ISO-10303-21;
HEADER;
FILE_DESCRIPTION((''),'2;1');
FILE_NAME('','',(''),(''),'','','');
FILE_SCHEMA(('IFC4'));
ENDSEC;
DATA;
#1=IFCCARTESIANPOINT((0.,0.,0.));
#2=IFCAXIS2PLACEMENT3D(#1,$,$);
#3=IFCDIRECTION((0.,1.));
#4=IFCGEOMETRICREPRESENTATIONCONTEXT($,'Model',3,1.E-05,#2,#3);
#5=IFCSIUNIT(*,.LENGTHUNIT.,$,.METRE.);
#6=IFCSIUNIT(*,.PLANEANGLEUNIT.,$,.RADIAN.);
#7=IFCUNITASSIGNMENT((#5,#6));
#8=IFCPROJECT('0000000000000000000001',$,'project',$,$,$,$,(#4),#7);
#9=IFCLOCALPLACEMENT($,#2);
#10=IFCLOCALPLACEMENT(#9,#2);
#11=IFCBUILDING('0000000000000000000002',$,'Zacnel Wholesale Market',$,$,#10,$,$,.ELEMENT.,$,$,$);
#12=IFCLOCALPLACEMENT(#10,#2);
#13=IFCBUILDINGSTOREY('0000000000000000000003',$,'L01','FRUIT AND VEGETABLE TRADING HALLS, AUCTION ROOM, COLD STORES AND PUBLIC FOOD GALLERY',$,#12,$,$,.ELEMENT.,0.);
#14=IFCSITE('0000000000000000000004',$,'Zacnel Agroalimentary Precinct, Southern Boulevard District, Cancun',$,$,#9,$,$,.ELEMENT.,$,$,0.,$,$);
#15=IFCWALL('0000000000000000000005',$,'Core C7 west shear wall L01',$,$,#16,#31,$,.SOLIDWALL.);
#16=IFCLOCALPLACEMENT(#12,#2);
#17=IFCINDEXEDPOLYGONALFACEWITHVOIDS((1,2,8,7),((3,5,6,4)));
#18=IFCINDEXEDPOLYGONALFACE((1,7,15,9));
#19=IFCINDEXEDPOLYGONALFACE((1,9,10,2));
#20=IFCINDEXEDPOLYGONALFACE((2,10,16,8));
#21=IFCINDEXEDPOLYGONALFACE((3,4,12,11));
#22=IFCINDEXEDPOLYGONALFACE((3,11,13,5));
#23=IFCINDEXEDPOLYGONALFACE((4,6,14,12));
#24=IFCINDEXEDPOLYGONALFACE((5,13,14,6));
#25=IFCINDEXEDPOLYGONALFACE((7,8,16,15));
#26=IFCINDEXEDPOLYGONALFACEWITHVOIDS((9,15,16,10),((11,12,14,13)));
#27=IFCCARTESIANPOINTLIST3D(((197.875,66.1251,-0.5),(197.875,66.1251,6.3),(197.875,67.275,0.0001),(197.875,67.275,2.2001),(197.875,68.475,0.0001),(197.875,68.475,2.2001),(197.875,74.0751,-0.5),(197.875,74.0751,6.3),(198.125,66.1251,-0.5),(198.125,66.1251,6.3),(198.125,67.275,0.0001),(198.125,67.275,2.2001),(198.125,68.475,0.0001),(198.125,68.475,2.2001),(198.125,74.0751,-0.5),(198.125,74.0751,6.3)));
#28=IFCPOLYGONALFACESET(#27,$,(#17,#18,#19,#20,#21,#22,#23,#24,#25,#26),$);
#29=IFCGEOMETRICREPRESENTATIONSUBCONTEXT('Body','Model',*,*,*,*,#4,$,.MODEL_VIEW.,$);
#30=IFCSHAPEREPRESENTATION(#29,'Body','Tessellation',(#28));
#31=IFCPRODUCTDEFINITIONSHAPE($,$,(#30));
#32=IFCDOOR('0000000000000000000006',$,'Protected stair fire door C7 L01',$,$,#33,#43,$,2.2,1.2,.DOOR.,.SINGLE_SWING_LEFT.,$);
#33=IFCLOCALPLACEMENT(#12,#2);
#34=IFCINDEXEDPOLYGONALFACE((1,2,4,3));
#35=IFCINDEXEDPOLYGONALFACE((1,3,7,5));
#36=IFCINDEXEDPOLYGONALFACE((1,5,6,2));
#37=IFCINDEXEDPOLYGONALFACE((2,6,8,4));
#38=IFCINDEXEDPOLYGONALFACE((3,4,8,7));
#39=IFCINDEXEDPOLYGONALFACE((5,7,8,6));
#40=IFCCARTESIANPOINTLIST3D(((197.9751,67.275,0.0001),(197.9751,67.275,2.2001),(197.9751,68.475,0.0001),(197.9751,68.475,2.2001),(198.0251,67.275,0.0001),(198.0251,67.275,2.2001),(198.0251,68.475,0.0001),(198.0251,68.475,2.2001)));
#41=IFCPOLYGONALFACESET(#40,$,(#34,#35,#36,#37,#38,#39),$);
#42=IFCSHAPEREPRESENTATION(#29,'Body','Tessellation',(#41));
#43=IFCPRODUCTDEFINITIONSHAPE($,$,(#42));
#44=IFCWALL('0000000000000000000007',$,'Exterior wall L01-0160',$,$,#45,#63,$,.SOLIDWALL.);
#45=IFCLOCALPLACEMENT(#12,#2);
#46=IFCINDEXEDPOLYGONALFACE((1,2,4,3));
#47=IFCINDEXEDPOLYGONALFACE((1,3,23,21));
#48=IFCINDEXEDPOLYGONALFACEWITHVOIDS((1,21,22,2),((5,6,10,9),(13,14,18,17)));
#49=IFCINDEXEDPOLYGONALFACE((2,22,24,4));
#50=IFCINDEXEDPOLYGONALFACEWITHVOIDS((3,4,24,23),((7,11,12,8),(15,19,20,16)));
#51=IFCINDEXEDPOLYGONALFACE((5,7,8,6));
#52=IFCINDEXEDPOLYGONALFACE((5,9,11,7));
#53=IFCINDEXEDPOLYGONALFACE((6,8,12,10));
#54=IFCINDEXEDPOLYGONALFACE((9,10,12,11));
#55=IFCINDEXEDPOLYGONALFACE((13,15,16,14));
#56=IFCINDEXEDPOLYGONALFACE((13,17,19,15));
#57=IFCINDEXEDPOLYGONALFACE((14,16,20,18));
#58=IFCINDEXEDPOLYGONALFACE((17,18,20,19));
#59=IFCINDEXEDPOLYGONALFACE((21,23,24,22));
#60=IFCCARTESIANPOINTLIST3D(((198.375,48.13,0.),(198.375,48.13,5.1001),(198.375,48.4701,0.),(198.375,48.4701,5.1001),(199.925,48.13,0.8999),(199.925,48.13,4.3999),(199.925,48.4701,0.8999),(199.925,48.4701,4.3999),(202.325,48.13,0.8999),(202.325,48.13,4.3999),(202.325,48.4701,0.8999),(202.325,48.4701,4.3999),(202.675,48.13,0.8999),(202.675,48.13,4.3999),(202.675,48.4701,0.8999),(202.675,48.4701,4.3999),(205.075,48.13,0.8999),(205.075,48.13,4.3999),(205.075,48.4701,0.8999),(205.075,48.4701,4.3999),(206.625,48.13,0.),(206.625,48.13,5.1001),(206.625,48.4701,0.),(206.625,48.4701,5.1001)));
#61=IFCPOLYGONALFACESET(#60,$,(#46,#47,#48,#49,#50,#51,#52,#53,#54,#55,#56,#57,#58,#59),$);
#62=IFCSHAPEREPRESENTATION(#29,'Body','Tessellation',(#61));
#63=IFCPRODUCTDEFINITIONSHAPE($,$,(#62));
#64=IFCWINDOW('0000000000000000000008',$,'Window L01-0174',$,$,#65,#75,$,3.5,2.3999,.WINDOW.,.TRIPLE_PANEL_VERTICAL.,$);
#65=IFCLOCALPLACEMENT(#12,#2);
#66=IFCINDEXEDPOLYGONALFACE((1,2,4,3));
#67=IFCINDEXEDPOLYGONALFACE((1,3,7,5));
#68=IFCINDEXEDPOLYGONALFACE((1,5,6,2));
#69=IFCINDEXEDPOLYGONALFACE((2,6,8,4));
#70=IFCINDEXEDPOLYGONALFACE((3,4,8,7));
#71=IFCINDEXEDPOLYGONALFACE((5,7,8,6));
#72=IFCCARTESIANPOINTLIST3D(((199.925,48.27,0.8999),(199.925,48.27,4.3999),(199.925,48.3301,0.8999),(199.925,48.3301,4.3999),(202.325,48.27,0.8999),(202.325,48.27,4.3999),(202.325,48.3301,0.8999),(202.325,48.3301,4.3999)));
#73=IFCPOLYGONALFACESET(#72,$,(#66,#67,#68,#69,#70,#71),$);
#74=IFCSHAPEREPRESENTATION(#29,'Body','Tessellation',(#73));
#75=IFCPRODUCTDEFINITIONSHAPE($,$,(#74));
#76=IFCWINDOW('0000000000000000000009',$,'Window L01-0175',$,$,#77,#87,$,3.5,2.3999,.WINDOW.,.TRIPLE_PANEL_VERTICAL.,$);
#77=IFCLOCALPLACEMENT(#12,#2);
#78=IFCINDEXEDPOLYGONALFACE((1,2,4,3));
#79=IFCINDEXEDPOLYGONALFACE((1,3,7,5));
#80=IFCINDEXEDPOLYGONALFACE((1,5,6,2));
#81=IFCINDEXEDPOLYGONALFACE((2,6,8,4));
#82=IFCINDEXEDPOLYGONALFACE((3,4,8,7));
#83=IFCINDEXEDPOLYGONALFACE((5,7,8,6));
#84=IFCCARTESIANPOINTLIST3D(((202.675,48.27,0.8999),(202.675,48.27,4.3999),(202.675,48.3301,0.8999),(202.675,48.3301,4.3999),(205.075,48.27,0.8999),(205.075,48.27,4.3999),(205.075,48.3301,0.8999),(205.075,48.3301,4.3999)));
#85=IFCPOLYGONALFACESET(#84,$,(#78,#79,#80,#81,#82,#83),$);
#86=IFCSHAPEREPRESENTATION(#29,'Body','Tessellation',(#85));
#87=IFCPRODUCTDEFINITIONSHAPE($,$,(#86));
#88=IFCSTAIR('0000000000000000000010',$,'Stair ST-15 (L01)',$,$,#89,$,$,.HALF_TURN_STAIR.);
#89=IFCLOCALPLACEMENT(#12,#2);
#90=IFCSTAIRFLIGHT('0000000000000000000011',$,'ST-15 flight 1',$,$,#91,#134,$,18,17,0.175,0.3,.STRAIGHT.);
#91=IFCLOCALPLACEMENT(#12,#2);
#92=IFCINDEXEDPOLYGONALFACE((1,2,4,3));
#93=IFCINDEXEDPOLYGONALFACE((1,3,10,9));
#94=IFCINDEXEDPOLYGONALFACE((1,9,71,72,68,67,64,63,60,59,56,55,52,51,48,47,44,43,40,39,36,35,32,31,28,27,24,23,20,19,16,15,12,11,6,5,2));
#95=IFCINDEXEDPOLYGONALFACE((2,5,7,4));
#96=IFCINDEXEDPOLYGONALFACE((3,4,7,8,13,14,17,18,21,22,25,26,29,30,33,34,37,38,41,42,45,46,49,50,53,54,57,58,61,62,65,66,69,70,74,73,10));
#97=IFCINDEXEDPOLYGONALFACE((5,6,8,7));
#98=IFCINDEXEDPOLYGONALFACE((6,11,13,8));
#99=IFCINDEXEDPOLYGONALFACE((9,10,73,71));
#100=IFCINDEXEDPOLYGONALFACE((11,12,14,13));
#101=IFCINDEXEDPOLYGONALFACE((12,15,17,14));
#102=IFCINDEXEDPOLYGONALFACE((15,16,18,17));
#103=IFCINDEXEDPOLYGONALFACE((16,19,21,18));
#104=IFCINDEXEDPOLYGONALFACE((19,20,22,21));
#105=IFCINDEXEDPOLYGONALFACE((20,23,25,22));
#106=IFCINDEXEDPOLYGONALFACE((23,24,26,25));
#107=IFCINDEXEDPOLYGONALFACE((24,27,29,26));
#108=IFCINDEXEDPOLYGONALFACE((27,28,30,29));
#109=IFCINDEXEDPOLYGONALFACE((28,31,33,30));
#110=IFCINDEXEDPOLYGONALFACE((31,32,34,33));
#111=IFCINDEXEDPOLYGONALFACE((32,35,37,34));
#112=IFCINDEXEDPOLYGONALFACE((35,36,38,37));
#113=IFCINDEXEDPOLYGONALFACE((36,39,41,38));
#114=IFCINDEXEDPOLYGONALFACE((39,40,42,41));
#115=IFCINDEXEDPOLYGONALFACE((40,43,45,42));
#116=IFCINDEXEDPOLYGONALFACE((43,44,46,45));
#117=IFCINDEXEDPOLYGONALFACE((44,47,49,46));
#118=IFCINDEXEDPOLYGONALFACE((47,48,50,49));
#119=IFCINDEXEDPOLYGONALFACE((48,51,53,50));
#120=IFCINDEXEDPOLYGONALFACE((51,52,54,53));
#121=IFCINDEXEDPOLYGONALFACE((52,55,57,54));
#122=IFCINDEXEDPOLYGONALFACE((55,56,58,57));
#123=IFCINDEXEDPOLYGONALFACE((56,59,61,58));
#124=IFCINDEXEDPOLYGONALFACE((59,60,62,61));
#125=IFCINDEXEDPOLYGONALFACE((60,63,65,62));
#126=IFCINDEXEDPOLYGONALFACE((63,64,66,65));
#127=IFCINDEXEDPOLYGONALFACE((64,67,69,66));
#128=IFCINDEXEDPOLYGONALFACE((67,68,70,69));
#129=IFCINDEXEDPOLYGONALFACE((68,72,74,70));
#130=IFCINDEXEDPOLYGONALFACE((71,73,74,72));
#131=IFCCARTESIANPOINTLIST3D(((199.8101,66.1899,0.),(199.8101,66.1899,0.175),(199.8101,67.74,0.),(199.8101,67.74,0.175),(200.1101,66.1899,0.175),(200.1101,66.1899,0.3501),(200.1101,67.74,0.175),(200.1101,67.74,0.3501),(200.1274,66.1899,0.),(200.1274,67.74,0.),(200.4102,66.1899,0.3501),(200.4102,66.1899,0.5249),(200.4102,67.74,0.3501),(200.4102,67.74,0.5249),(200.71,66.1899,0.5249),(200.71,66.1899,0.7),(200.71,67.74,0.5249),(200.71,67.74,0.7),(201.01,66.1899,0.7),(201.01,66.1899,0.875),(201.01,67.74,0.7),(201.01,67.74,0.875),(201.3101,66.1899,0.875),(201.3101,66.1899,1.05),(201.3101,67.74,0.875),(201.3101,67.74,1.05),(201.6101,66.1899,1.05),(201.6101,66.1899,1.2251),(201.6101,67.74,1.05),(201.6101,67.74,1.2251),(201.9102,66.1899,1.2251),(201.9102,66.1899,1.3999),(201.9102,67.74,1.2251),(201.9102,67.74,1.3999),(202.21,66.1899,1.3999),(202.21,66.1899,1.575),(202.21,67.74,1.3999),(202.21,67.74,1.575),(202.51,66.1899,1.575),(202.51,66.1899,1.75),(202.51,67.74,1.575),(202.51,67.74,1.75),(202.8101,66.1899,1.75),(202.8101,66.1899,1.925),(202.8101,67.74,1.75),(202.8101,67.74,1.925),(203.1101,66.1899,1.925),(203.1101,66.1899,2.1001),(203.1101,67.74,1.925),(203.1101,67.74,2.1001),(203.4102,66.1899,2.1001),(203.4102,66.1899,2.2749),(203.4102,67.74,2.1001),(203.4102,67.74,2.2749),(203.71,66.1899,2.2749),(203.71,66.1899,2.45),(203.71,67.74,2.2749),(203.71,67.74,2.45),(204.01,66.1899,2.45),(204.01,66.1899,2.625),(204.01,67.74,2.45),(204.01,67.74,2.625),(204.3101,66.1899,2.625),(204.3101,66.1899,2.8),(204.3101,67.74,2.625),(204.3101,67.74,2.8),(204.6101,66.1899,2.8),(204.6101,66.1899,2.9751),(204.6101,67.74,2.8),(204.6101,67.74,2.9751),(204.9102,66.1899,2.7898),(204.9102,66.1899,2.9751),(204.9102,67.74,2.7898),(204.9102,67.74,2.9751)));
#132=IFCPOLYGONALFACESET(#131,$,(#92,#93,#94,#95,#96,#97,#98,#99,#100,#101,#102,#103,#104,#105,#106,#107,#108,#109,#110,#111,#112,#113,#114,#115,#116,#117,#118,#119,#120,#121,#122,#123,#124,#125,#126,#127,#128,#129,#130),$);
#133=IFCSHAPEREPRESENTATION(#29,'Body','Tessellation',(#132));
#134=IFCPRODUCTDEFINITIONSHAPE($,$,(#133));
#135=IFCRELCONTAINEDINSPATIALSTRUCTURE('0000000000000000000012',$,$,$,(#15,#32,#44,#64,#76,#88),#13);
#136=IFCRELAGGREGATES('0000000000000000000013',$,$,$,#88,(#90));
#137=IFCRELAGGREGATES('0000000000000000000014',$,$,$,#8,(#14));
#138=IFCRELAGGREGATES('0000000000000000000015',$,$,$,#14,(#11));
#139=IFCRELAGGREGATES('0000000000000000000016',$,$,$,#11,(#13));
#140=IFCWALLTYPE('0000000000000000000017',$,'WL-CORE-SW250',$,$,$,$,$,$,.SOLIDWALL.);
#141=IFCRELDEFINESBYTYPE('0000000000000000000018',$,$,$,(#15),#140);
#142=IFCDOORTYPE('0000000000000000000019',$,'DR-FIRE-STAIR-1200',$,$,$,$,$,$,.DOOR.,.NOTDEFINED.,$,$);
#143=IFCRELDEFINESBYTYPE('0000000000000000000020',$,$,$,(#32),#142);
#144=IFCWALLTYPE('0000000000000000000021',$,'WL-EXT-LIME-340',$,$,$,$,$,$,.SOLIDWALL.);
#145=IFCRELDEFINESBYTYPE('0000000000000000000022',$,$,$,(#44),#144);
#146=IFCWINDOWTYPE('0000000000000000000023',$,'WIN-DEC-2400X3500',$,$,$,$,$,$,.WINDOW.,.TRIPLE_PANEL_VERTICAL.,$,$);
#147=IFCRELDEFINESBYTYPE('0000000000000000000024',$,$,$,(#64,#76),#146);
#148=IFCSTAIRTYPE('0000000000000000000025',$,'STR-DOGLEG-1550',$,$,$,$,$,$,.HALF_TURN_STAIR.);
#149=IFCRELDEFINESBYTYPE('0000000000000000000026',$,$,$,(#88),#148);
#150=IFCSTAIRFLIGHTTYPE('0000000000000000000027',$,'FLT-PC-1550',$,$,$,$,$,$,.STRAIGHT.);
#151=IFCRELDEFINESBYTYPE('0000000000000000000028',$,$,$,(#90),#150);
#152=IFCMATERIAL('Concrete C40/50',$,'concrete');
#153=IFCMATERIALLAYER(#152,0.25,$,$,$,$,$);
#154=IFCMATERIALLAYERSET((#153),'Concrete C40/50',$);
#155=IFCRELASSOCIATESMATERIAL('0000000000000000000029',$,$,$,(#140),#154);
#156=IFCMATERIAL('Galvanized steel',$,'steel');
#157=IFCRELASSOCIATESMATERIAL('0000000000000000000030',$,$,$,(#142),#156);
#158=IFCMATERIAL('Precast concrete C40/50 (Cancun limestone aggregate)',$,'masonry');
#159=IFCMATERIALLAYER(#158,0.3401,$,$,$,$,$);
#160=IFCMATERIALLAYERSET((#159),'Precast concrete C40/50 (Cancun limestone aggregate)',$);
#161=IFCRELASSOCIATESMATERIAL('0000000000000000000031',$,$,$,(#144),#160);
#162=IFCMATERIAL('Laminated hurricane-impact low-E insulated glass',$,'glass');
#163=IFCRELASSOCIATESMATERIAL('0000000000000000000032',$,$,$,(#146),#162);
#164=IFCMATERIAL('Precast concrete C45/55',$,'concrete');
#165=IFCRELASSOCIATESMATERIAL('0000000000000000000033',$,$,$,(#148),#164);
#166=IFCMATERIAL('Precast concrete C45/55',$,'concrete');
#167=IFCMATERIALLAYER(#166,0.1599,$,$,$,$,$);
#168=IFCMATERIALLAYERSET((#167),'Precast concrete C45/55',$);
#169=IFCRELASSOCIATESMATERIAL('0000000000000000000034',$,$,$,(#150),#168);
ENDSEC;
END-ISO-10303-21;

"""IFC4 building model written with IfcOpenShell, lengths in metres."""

from ifc_helpers import new_model, si_unit, direction, frame, frame_2d, origin, place, context, subcontext, project, spatial, polyline, rectangle, outline, extrude, material, layer, layer_set, type_object, element, fill, aggregate, save


model = new_model("IFC4")

# Units and contexts
model_context = context("Model", 3, precision=1e-05, world=origin(), true_north=direction((0.0, 1.0)))
body_context = subcontext(model_context, "Body", "Model", "MODEL_VIEW")
ifc_project = project(units=[si_unit("LENGTHUNIT", "METRE"), si_unit("PLANEANGLEUNIT", "RADIAN")], contexts=[model_context])

# Site, building, storey
site_placement = place(None, origin())
site = spatial("IfcSite", under=ifc_project, at=site_placement, Name="Zacnel Agroalimentary Precinct, Southern Boulevard District, Cancun", CompositionType="ELEMENT", RefElevation=0.0)
building_placement = place(site_placement, origin())
building = spatial("IfcBuilding", under=site, at=building_placement, Name="Zacnel Wholesale Market", CompositionType="ELEMENT")
storey_placement = place(building_placement, origin())
storey = spatial("IfcBuildingStorey", under=building, at=storey_placement, Name="L01", Description="FRUIT AND VEGETABLE TRADING HALLS, AUCTION ROOM, COLD STORES AND PUBLIC FOOD GALLERY", CompositionType="ELEMENT", Elevation=0.0)

# Shared definitions
ifc_material_1 = material(Name="Concrete C40/50", Category="concrete")
ifc_layer_1 = layer(ifc_material_1, 0.25)
ifc_layer_set_1 = layer_set([ifc_layer_1], Name="Concrete C40/50")
wall_type_1 = type_object("IfcWallType", Name="WL-CORE-SW250", PredefinedType="SOLIDWALL", material=ifc_layer_set_1)

# Wall, opening, door
wall_1_placement = place(storey_placement, frame((198.0, 66.125, -0.5), z_axis=(0.0, 0.0, 1.0), x_axis=(0.0, 1.0, 0.0)))
wall_1 = element("IfcWall", 1, at=wall_1_placement, inside=storey, type_object=wall_type_1, Name="Core C7 west shear wall L01", PredefinedType="SOLIDWALL", context=body_context, shape_type="SweptSolid", body=[
    extrude(rectangle(XDim=7.95, YDim=0.25, at=frame_2d((3.9751, 0.0))), origin(), (0.0, 0.0, 1.0), 6.8),
])
opening_1_placement = place(wall_1_placement, frame((1.1499, 0.0, 0.5)))
opening_1 = element("IfcOpeningElement", 2, at=opening_1_placement, cuts=wall_1, PredefinedType="OPENING", context=body_context, shape_type="SweptSolid", body=[
    extrude(rectangle(XDim=1.2, YDim=2.2, at=frame_2d((0.6001, 1.1001))), frame((0.0, 0.135, 0.0), z_axis=(0.0, -1.0, 0.0), x_axis=(1.0, 0.0, 0.0)), (0.0, 0.0, 1.0), 0.27),
])
ifc_material_2 = material(Name="Galvanized steel", Category="steel")
door_type = type_object("IfcDoorType", Name="DR-FIRE-STAIR-1200", OperationType="NOTDEFINED", PredefinedType="DOOR", material=ifc_material_2)
door_placement = place(opening_1_placement, origin())
door = element("IfcDoor", 3, at=door_placement, inside=storey, type_object=door_type, Name="Protected stair fire door C7 L01", OperationType="SINGLE_SWING_LEFT", OverallHeight=2.2, OverallWidth=1.2, PredefinedType="DOOR", context=body_context, shape_type="SweptSolid", body=[
    extrude(rectangle(XDim=1.2, YDim=2.2, at=frame_2d((0.6001, 1.1001))), frame((0.0, 0.0249, 0.0), z_axis=(0.0, -1.0, 0.0), x_axis=(1.0, 0.0, 0.0)), (0.0, 0.0, 1.0), 0.05),
])
fill(opening_1, door)

# Wall, openings, windows
ifc_material_3 = material(Name="Precast concrete C40/50 (Cancun limestone aggregate)", Category="masonry")
ifc_layer_2 = layer(ifc_material_3, 0.3401)
ifc_layer_set_2 = layer_set([ifc_layer_2], Name="Precast concrete C40/50 (Cancun limestone aggregate)")
wall_type_2 = type_object("IfcWallType", Name="WL-EXT-LIME-340", PredefinedType="SOLIDWALL", material=ifc_layer_set_2)
wall_2_placement = place(storey_placement, frame((198.375, 48.3, 0.0), z_axis=(0.0, 0.0, 1.0), x_axis=(1.0, 0.0, 0.0)))
wall_2 = element("IfcWall", 4, at=wall_2_placement, inside=storey, type_object=wall_type_2, Name="Exterior wall L01-0160", PredefinedType="SOLIDWALL", context=body_context, shape_type="SweptSolid", body=[
    extrude(rectangle(XDim=8.25, YDim=0.3401, at=frame_2d((4.125, 0.0))), origin(), (0.0, 0.0, 1.0), 5.1001),
])
opening_2_placement = place(wall_2_placement, frame((1.55, 0.0, 0.8999)))
opening_2 = element("IfcOpeningElement", 5, at=opening_2_placement, cuts=wall_2, PredefinedType="OPENING", context=body_context, shape_type="SweptSolid", body=[
    extrude(rectangle(XDim=2.3999, YDim=3.5, at=frame_2d((1.2, 1.75))), frame((0.0, 0.1799, 0.0), z_axis=(0.0, -1.0, 0.0), x_axis=(1.0, 0.0, 0.0)), (0.0, 0.0, 1.0), 0.3601),
])
opening_3_placement = place(wall_2_placement, frame((4.3, 0.0, 0.8999)))
opening_3 = element("IfcOpeningElement", 6, at=opening_3_placement, cuts=wall_2, PredefinedType="OPENING", context=body_context, shape_type="SweptSolid", body=[
    extrude(rectangle(XDim=2.3999, YDim=3.5, at=frame_2d((1.2, 1.75))), frame((0.0, 0.1799, 0.0), z_axis=(0.0, -1.0, 0.0), x_axis=(1.0, 0.0, 0.0)), (0.0, 0.0, 1.0), 0.3601),
])
ifc_material_4 = material(Name="Laminated hurricane-impact low-E insulated glass", Category="glass")
window_type = type_object("IfcWindowType", Name="WIN-DEC-2400X3500", PartitioningType="TRIPLE_PANEL_VERTICAL", PredefinedType="WINDOW", material=ifc_material_4)
window_1_placement = place(opening_2_placement, origin())
window_1 = element("IfcWindow", 7, at=window_1_placement, inside=storey, type_object=window_type, Name="Window L01-0174", OverallHeight=3.5, OverallWidth=2.3999, PartitioningType="TRIPLE_PANEL_VERTICAL", PredefinedType="WINDOW", context=body_context, shape_type="SweptSolid", body=[
    extrude(rectangle(XDim=2.3999, YDim=3.5, at=frame_2d((1.2, 1.75))), frame((0.0, 0.03, 0.0), z_axis=(0.0, -1.0, 0.0), x_axis=(1.0, 0.0, 0.0)), (0.0, 0.0, 1.0), 0.0601),
])
fill(opening_2, window_1)
window_2_placement = place(opening_3_placement, origin())
window_2 = element("IfcWindow", 8, at=window_2_placement, inside=storey, type_object=window_type, Name="Window L01-0175", OverallHeight=3.5, OverallWidth=2.3999, PartitioningType="TRIPLE_PANEL_VERTICAL", PredefinedType="WINDOW", context=body_context, shape_type="SweptSolid", body=[
    extrude(rectangle(XDim=2.3999, YDim=3.5, at=frame_2d((1.2, 1.75))), frame((0.0, 0.03, 0.0), z_axis=(0.0, -1.0, 0.0), x_axis=(1.0, 0.0, 0.0)), (0.0, 0.0, 1.0), 0.0601),
])
fill(opening_3, window_2)

# Stair, stair flight
ifc_material_5 = material(Name="Precast concrete C45/55", Category="concrete")
stair_type = type_object("IfcStairType", Name="STR-DOGLEG-1550", PredefinedType="HALF_TURN_STAIR", material=ifc_material_5)
stair_placement = place(storey_placement, origin())
stair = element("IfcStair", 9, at=stair_placement, inside=storey, type_object=stair_type, Name="Stair ST-15 (L01)", PredefinedType="HALF_TURN_STAIR")
ifc_material_6 = material(Name="Precast concrete C45/55", Category="concrete")
ifc_layer_3 = layer(ifc_material_6, 0.1599)
ifc_layer_set_3 = layer_set([ifc_layer_3], Name="Precast concrete C45/55")
stair_flight_type = type_object("IfcStairFlightType", Name="FLT-PC-1550", PredefinedType="STRAIGHT", material=ifc_layer_set_3)
stair_flight_placement = place(storey_placement, frame((199.8101, 66.9651, 0.0), z_axis=(0.0, 0.0, 1.0), x_axis=(1.0, 0.0, 0.0)))
stair_flight = element("IfcStairFlight", 10, at=stair_flight_placement, type_object=stair_flight_type, Name="ST-15 flight 1", NumberOfRisers=18, NumberOfTreads=17, PredefinedType="STRAIGHT", RiserHeight=0.175, TreadLength=0.3, context=body_context, shape_type="SweptSolid", body=[
    extrude(outline(polyline([(0.0, 0.0), (0.0, 0.175), (0.3, 0.175), (0.3, 0.3501), (0.6001, 0.3501), (0.6001, 0.5249), (0.8999, 0.5249), (0.8999, 0.7), (1.2, 0.7), (1.2, 0.875), (1.5, 0.875), (1.5, 1.05), (1.8, 1.05), (1.8, 1.2251), (2.1001, 1.2251), (2.1001, 1.3999), (2.3999, 1.3999), (2.3999, 1.575), (2.7, 1.575), (2.7, 1.75), (3.0, 1.75), (3.0, 1.925), (3.3, 1.925), (3.3, 2.1001), (3.6001, 2.1001), (3.6001, 2.2749), (3.8999, 2.2749), (3.8999, 2.45), (4.2, 2.45), (4.2, 2.625), (4.5, 2.625), (4.5, 2.8), (4.8, 2.8), (4.8, 2.9751), (5.1001, 2.9751), (5.1001, 3.1499), (5.1001, 2.7898), (0.3174, 0.0), (0.0, 0.0)])), frame((0.0, 0.7749, 0.0), z_axis=(0.0, -1.0, 0.0), x_axis=(1.0, 0.0, 0.0)), (0.0, 0.0, 1.0), 1.55),
])
aggregate(stair, [stair_flight])

save(model, "model.ifc")
